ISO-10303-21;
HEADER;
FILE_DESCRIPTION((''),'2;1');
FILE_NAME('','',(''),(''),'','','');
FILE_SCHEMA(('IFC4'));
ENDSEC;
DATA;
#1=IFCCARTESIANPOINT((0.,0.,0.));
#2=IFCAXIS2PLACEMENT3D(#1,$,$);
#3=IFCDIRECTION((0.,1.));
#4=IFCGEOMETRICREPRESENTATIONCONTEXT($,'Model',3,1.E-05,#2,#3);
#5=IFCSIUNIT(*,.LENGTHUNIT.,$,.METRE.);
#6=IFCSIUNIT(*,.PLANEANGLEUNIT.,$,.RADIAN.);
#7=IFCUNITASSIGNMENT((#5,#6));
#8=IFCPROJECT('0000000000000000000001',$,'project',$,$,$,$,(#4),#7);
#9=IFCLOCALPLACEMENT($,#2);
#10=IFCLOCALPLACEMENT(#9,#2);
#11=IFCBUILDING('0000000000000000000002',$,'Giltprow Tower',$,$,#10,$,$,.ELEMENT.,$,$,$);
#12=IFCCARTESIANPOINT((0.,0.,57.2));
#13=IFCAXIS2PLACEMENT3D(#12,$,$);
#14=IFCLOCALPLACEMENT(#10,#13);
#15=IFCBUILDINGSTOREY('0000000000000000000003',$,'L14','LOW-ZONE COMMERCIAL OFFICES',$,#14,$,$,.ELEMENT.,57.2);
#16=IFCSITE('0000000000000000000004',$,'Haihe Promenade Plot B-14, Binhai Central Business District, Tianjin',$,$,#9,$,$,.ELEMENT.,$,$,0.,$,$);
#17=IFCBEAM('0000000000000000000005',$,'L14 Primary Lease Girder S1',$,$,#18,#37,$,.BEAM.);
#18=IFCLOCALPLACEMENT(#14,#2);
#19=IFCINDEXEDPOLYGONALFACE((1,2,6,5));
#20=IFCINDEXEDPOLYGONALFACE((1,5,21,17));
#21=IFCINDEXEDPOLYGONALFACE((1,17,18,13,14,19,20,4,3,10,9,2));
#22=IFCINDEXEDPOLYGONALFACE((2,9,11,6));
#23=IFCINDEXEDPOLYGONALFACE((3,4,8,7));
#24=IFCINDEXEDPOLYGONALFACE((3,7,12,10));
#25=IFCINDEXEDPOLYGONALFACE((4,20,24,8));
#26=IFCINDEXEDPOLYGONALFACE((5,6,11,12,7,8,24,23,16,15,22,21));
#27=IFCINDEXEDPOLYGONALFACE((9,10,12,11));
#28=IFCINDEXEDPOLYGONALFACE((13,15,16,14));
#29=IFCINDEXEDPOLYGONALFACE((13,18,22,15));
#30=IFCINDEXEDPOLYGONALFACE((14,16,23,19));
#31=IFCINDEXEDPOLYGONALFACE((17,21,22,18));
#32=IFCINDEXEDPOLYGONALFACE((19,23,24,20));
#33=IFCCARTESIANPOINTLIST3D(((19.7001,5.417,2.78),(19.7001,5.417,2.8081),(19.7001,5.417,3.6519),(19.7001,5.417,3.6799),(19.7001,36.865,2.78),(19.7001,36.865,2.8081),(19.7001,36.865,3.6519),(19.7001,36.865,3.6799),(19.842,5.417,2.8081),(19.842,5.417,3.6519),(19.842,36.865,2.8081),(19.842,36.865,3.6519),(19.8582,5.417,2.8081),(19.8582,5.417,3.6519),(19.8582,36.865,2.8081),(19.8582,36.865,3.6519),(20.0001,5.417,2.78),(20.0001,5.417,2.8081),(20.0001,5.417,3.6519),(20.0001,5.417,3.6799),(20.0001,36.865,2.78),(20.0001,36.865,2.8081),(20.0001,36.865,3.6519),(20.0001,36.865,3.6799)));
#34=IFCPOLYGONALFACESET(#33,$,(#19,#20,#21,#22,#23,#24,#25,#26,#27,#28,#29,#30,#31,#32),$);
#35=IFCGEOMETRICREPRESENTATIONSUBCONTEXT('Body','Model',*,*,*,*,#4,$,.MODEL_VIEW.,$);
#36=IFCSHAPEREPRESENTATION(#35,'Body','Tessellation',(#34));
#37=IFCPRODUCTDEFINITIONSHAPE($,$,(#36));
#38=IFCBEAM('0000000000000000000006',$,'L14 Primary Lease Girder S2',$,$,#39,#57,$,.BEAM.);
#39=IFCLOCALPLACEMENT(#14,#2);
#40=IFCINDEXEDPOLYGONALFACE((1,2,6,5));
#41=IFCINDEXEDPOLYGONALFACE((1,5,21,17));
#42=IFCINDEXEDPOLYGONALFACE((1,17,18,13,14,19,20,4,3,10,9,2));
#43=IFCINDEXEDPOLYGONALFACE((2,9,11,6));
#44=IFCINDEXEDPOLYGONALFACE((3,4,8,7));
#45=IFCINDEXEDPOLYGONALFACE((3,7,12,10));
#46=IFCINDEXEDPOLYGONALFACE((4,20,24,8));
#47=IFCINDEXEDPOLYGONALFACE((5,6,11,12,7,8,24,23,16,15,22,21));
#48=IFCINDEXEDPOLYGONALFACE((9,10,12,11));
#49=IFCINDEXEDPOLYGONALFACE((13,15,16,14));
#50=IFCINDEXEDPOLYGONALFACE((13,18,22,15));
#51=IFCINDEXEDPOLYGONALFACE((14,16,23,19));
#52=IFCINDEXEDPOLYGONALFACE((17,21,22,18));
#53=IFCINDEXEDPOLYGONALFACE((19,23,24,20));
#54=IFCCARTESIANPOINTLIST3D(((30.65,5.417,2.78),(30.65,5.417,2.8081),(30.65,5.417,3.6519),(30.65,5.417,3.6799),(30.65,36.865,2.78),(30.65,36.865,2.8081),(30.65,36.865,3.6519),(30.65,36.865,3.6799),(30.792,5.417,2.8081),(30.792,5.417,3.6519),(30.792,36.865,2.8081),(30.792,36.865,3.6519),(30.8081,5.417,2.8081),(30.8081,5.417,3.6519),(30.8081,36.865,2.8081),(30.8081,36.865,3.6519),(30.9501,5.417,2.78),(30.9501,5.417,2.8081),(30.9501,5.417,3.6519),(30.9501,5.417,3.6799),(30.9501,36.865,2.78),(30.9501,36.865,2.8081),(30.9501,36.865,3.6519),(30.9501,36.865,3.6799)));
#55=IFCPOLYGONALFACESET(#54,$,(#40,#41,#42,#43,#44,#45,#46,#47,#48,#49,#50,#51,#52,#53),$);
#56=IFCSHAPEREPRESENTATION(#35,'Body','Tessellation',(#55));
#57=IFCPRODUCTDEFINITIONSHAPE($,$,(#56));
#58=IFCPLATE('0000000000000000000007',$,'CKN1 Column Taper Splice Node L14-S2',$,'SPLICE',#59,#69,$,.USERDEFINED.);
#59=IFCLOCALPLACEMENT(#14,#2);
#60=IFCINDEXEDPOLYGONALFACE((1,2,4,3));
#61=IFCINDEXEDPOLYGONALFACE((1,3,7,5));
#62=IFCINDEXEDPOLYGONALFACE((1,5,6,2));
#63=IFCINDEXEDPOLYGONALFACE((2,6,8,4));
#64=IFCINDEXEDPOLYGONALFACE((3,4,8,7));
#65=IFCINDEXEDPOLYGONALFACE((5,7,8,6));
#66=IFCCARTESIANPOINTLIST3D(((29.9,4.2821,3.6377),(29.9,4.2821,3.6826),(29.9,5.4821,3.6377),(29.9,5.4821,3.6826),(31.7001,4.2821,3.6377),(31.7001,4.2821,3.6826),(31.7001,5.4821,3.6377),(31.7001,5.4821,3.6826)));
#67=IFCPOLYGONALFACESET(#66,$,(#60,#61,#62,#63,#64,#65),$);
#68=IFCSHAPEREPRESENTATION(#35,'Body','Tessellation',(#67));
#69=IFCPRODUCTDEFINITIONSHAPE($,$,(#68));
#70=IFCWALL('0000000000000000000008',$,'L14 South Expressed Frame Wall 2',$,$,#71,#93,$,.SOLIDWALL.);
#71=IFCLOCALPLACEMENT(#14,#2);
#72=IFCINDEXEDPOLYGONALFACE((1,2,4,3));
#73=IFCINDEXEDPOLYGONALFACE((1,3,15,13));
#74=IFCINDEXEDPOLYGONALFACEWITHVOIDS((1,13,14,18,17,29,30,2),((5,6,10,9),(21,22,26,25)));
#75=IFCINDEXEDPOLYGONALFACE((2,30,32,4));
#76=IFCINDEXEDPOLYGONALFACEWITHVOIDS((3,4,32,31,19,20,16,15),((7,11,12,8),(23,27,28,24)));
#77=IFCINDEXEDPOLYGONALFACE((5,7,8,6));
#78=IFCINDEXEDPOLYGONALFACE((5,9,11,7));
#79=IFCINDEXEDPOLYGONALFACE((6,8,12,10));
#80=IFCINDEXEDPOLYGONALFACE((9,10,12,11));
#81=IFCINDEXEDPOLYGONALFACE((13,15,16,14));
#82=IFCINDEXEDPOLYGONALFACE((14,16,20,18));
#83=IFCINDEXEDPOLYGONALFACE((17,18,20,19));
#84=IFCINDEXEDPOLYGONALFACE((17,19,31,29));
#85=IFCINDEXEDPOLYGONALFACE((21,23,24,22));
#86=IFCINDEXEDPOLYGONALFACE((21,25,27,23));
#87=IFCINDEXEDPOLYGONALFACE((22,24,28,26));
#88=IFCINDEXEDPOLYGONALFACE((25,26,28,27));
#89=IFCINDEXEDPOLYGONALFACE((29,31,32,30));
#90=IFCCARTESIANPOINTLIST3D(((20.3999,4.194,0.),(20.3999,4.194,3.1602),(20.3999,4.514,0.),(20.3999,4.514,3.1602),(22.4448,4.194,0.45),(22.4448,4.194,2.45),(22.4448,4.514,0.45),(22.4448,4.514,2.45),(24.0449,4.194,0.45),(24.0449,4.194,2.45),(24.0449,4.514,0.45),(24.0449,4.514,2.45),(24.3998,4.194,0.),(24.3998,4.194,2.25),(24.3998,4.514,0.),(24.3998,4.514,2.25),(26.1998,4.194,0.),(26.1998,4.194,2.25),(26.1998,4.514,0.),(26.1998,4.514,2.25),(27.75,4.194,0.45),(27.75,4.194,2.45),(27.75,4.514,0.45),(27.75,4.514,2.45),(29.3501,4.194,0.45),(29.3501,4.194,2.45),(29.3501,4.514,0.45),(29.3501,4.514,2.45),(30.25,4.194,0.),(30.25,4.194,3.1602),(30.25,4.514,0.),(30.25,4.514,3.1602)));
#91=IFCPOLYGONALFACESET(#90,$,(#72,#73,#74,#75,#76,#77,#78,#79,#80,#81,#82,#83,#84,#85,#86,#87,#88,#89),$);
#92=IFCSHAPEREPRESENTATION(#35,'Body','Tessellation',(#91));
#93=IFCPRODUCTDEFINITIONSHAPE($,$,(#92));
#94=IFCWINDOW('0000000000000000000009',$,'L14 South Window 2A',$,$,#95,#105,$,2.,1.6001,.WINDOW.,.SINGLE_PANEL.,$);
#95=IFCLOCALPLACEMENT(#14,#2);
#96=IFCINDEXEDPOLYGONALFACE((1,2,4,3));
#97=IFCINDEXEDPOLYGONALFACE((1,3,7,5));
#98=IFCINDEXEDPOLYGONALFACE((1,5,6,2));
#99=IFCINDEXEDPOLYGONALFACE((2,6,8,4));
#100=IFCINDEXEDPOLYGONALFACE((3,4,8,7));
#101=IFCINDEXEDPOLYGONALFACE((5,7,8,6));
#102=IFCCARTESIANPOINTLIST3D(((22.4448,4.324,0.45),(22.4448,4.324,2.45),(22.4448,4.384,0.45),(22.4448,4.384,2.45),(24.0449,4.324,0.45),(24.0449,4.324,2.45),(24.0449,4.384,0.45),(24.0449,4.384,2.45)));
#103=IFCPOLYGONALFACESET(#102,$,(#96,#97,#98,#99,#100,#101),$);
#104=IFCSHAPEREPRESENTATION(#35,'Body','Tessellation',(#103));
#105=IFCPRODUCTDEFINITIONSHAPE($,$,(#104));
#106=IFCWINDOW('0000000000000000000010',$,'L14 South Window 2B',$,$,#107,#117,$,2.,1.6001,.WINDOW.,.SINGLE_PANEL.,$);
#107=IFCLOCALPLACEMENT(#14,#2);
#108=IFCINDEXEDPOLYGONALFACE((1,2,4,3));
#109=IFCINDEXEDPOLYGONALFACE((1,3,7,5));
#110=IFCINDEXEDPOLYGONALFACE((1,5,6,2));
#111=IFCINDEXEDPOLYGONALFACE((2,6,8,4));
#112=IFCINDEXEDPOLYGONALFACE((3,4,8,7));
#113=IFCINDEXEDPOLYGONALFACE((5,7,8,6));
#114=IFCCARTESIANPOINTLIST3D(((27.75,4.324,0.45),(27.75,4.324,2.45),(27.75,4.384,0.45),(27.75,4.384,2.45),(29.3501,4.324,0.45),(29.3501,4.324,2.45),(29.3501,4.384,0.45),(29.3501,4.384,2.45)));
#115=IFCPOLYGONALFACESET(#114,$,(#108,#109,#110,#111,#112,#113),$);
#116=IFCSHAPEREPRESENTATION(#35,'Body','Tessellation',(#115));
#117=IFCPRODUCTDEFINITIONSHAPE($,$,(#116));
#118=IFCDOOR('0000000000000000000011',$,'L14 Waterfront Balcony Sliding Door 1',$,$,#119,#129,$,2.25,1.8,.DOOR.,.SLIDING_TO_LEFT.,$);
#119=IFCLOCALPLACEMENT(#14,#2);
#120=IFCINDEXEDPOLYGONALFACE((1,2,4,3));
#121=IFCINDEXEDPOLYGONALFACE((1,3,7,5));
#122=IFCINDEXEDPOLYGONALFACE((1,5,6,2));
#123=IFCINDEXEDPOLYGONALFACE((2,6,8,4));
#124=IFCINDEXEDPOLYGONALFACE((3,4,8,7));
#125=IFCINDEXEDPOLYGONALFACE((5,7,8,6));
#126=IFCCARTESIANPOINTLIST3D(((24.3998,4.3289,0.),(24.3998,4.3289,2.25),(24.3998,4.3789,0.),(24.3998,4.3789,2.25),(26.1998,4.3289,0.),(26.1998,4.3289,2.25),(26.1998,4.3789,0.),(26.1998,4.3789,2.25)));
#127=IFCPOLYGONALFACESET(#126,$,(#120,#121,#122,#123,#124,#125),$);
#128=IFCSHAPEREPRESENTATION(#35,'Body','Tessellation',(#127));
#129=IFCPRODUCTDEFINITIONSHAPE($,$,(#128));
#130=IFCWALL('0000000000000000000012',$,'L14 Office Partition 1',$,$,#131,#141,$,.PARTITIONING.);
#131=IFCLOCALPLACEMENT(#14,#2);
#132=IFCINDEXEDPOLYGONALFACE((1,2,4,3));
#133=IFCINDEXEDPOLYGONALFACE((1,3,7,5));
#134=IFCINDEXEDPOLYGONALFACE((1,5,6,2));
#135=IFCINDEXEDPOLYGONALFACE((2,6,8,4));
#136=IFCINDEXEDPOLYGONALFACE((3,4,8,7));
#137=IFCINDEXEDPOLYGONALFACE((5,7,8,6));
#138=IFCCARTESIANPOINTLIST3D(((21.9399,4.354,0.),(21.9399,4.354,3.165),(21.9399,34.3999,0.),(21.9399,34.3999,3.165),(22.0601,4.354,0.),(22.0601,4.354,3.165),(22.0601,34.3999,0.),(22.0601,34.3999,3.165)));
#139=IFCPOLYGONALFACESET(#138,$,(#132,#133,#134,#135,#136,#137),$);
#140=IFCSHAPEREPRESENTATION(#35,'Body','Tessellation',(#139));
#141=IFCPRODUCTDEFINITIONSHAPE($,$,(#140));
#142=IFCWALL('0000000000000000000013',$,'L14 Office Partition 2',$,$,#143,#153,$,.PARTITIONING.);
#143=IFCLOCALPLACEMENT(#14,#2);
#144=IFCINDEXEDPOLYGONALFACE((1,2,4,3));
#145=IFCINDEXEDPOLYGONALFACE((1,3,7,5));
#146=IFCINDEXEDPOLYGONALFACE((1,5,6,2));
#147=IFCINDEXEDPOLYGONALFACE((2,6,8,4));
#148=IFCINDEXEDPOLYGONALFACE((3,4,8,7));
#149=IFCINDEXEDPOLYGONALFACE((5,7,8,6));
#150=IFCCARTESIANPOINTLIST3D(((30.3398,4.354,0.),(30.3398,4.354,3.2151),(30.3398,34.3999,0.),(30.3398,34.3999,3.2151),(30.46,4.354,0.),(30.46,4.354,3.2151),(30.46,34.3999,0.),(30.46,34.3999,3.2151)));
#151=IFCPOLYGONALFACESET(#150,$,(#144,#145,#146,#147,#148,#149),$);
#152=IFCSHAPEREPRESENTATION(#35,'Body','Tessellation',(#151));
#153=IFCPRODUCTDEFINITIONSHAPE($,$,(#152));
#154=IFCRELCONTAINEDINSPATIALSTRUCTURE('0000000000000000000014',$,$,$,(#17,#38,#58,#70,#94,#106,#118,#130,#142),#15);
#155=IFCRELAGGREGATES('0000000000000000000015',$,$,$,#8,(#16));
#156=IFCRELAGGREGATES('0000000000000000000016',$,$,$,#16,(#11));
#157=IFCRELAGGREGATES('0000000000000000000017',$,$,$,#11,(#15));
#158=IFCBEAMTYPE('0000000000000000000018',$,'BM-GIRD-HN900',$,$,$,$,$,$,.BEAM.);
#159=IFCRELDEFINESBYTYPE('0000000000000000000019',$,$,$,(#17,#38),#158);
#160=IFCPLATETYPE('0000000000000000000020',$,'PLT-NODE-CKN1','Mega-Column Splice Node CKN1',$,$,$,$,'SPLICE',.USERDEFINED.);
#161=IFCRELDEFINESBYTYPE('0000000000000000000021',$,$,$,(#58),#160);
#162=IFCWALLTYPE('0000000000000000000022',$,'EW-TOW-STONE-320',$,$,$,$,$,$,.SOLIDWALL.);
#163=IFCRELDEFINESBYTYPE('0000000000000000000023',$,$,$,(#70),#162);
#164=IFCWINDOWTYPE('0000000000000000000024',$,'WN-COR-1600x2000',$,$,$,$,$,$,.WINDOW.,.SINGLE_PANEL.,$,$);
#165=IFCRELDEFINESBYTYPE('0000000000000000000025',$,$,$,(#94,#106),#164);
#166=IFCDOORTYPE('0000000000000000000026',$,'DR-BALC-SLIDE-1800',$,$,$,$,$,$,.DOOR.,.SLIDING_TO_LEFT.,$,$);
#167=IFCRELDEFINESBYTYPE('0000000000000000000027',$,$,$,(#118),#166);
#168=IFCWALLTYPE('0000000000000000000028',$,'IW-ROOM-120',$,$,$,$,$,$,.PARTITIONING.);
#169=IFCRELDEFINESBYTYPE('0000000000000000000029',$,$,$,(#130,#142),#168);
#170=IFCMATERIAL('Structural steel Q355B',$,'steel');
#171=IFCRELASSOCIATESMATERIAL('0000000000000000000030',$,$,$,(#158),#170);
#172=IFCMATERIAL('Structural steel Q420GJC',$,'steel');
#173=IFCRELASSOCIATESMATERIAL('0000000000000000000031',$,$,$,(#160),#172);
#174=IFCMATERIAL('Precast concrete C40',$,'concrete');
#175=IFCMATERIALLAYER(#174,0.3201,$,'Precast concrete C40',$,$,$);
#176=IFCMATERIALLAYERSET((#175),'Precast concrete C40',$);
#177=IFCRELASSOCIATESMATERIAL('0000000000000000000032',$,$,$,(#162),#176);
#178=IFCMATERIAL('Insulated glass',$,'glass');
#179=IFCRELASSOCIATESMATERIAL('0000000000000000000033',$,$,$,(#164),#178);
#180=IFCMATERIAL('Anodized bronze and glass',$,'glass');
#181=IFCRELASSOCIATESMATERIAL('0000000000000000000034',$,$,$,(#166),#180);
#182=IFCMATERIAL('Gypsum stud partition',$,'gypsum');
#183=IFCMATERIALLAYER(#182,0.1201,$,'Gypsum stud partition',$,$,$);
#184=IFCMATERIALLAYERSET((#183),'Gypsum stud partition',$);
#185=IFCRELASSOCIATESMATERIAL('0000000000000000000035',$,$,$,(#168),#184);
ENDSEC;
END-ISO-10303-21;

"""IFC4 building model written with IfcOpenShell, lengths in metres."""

from ifc_helpers import new_model, si_unit, direction, frame, frame_2d, origin, origin_2d, place, context, subcontext, project, spatial, rectangle, i_section, extrude, source, transform, mapped, material, layer, layer_set, material_profile, profile_set, type_object, element, fill, save


model = new_model("IFC4")

# Units and contexts
model_context = context("Model", 3, precision=1e-05, world=origin(), true_north=direction((0.0, 1.0)))
body_context = subcontext(model_context, "Body", "Model", "MODEL_VIEW")
ifc_project = project(units=[si_unit("LENGTHUNIT", "METRE"), si_unit("PLANEANGLEUNIT", "RADIAN")], contexts=[model_context])

# Site, building, storey
site_placement = place(None, origin())
site = spatial("IfcSite", under=ifc_project, at=site_placement, Name="Haihe Promenade Plot B-14, Binhai Central Business District, Tianjin", CompositionType="ELEMENT", RefElevation=0.0)
building_placement = place(site_placement, origin())
building = spatial("IfcBuilding", under=site, at=building_placement, Name="Giltprow Tower", CompositionType="ELEMENT")
storey_placement = place(building_placement, frame((0.0, 0.0, 57.2)))
storey = spatial("IfcBuildingStorey", under=building, at=storey_placement, Name="L14", Description="LOW-ZONE COMMERCIAL OFFICES", CompositionType="ELEMENT", Elevation=57.2)

# Shared definitions
ifc_material_1 = material(Name="Structural steel Q420GJC", Category="steel")

# Beams
ifc_material_2 = material(Name="Structural steel Q355B", Category="steel")
ifc_material_profile_1 = material_profile(ifc_material_2, i_section(OverallWidth=0.3, OverallDepth=0.8999, WebThickness=0.0161, FlangeThickness=0.0281, at=origin_2d()), Name="HN 900x300x16x28")
ifc_profile_set_1 = profile_set([ifc_material_profile_1], Name="Structural steel Q355B")
beam_type_1 = type_object("IfcBeamType", Name="BM-GIRD-HN900", PredefinedType="BEAM", material=ifc_profile_set_1)
shared_shape_1 = source(origin(), body_context, "Body", "SweptSolid", [
    extrude(i_section(OverallWidth=0.3, OverallDepth=0.8999, WebThickness=0.0161, FlangeThickness=0.0281, at=origin_2d()), origin(), (0.0, 0.0, 1.0), 31.448),
])
for number, where, z_axis, x_axis, name in (
    (1, (19.8501, 5.417, 3.23), (0.0, 1.0, 0.0), (-1.0, 0.0, 0.0), "L14 Primary Lease Girder S1"),
    (2, (30.8, 5.417, 3.23), (0.0, 1.0, 0.0), (-1.0, 0.0, 0.0), "L14 Primary Lease Girder S2"),
):
    element("IfcBeam", number, at=place(storey_placement, frame(where, z_axis=z_axis, x_axis=x_axis)), inside=storey, type_object=beam_type_1, Name=name, PredefinedType="BEAM", context=body_context, shape_type="MappedRepresentation", body=[
        mapped(shared_shape_1, transform((0.0, 0.0, 0.0), x_axis=(1.0, 0.0, 0.0), y_axis=(0.0, 1.0, 0.0), z_axis=(0.0, 0.0, 1.0), scale=1.0)),
    ])

# Plate
plate_type = type_object("IfcPlateType", Name="PLT-NODE-CKN1", Description="Mega-Column Splice Node CKN1", ElementType="SPLICE", PredefinedType="USERDEFINED", material=ifc_material_1)
shared_shape_2 = source(origin(), body_context, "Body", "SweptSolid", [
    extrude(rectangle(XDim=1.8, YDim=1.2, at=origin_2d()), origin(), (0.0, 0.0, 1.0), 0.0449),
])
plate_placement = place(storey_placement, frame((30.8, 4.8821, 3.6377), z_axis=(0.0, 0.0, 1.0), x_axis=(1.0, 0.0, 0.0)))
element("IfcPlate", 3, at=plate_placement, inside=storey, type_object=plate_type, Name="CKN1 Column Taper Splice Node L14-S2", ObjectType="SPLICE", PredefinedType="USERDEFINED", context=body_context, shape_type="MappedRepresentation", body=[
    mapped(shared_shape_2, transform((0.0, 0.0, 0.0), x_axis=(1.0, 0.0, 0.0), y_axis=(0.0, 1.0, 0.0), z_axis=(0.0, 0.0, 1.0), scale=1.0)),
])

# Wall, openings, windows, door
ifc_material_3 = material(Name="Precast concrete C40", Category="concrete")
ifc_layer_1 = layer(ifc_material_3, 0.3201, Name="Precast concrete C40")
ifc_layer_set_1 = layer_set([ifc_layer_1], Name="Precast concrete C40")
wall_type_1 = type_object("IfcWallType", Name="EW-TOW-STONE-320", PredefinedType="SOLIDWALL", material=ifc_layer_set_1)
wall_1_placement = place(storey_placement, frame((20.3999, 4.354, 0.0), z_axis=(0.0, 0.0, 1.0), x_axis=(1.0, 0.0, 0.0)))
wall_1 = element("IfcWall", 4, at=wall_1_placement, inside=storey, type_object=wall_type_1, Name="L14 South Expressed Frame Wall 2", PredefinedType="SOLIDWALL", context=body_context, shape_type="SweptSolid", body=[
    extrude(rectangle(XDim=9.8501, YDim=0.3201, at=frame_2d((4.925, 0.0))), origin(), (0.0, 0.0, 1.0), 3.1602),
])
opening_1_placement = place(wall_1_placement, frame((4.0, 0.0, 0.0)))
opening_1 = element("IfcOpeningElement", 5, at=opening_1_placement, cuts=wall_1, PredefinedType="OPENING", context=body_context, shape_type="SweptSolid", body=[
    extrude(rectangle(XDim=1.8, YDim=2.25, at=frame_2d((0.8999, 1.125))), frame((0.0, 0.1699, 0.0), z_axis=(0.0, -1.0, 0.0), x_axis=(1.0, 0.0, 0.0)), (0.0, 0.0, 1.0), 0.3401),
])
opening_2_placement = place(wall_1_placement, frame((2.0449, 0.0, 0.45)))
opening_2 = element("IfcOpeningElement", 6, at=opening_2_placement, cuts=wall_1, PredefinedType="OPENING", context=body_context, shape_type="SweptSolid", body=[
    extrude(rectangle(XDim=1.6001, YDim=2.0, at=frame_2d((0.8, 1.0))), frame((0.0, 0.1699, 0.0), z_axis=(0.0, -1.0, 0.0), x_axis=(1.0, 0.0, 0.0)), (0.0, 0.0, 1.0), 0.3401),
])
opening_3_placement = place(wall_1_placement, frame((7.3501, 0.0, 0.45)))
opening_3 = element("IfcOpeningElement", 7, at=opening_3_placement, cuts=wall_1, PredefinedType="OPENING", context=body_context, shape_type="SweptSolid", body=[
    extrude(rectangle(XDim=1.6001, YDim=2.0, at=frame_2d((0.8, 1.0))), frame((0.0, 0.1699, 0.0), z_axis=(0.0, -1.0, 0.0), x_axis=(1.0, 0.0, 0.0)), (0.0, 0.0, 1.0), 0.3401),
])
ifc_material_4 = material(Name="Insulated glass", Category="glass")
window_type = type_object("IfcWindowType", Name="WN-COR-1600x2000", PartitioningType="SINGLE_PANEL", PredefinedType="WINDOW", material=ifc_material_4)
shared_shape_3 = source(origin(), body_context, "Body", "SweptSolid", [
    extrude(rectangle(XDim=1.6001, YDim=2.0, at=frame_2d((0.8, 1.0))), frame((0.0, 0.03, 0.0), z_axis=(0.0, -1.0, 0.0), x_axis=(1.0, 0.0, 0.0)), (0.0, 0.0, 1.0), 0.0601),
])
window_1_placement = place(opening_2_placement, origin())
window_1 = element("IfcWindow", 8, at=window_1_placement, inside=storey, type_object=window_type, Name="L14 South Window 2A", OverallHeight=2.0, OverallWidth=1.6001, PartitioningType="SINGLE_PANEL", PredefinedType="WINDOW", context=body_context, shape_type="MappedRepresentation", body=[
    mapped(shared_shape_3, transform((0.0, 0.0, 0.0), x_axis=(1.0, 0.0, 0.0), y_axis=(0.0, 1.0, 0.0), z_axis=(0.0, 0.0, 1.0), scale=1.0)),
])
fill(opening_2, window_1)
window_2_placement = place(opening_3_placement, origin())
window_2 = element("IfcWindow", 9, at=window_2_placement, inside=storey, type_object=window_type, Name="L14 South Window 2B", OverallHeight=2.0, OverallWidth=1.6001, PartitioningType="SINGLE_PANEL", PredefinedType="WINDOW", context=body_context, shape_type="MappedRepresentation", body=[
    mapped(shared_shape_3, transform((0.0, 0.0, 0.0), x_axis=(1.0, 0.0, 0.0), y_axis=(0.0, 1.0, 0.0), z_axis=(0.0, 0.0, 1.0), scale=1.0)),
])
fill(opening_3, window_2)
ifc_material_5 = material(Name="Anodized bronze and glass", Category="glass")
door_type = type_object("IfcDoorType", Name="DR-BALC-SLIDE-1800", OperationType="SLIDING_TO_LEFT", PredefinedType="DOOR", material=ifc_material_5)
shared_shape_4 = source(origin(), body_context, "Body", "SweptSolid", [
    extrude(rectangle(XDim=1.8, YDim=2.25, at=frame_2d((0.8999, 1.125))), frame((0.0, 0.0249, 0.0), z_axis=(0.0, -1.0, 0.0), x_axis=(1.0, 0.0, 0.0)), (0.0, 0.0, 1.0), 0.05),
])
door_placement = place(opening_1_placement, origin())
door = element("IfcDoor", 10, at=door_placement, inside=storey, type_object=door_type, Name="L14 Waterfront Balcony Sliding Door 1", OperationType="SLIDING_TO_LEFT", OverallHeight=2.25, OverallWidth=1.8, PredefinedType="DOOR", context=body_context, shape_type="MappedRepresentation", body=[
    mapped(shared_shape_4, transform((0.0, 0.0, 0.0), x_axis=(1.0, 0.0, 0.0), y_axis=(0.0, 1.0, 0.0), z_axis=(0.0, 0.0, 1.0), scale=1.0)),
])
fill(opening_1, door)

# Walls
ifc_material_6 = material(Name="Gypsum stud partition", Category="gypsum")
ifc_layer_2 = layer(ifc_material_6, 0.1201, Name="Gypsum stud partition")
ifc_layer_set_2 = layer_set([ifc_layer_2], Name="Gypsum stud partition")
wall_type_2 = type_object("IfcWallType", Name="IW-ROOM-120", PredefinedType="PARTITIONING", material=ifc_layer_set_2)
wall_2_placement = place(storey_placement, frame((22.0, 4.354, 0.0), z_axis=(0.0, 0.0, 1.0), x_axis=(0.0, 1.0, 0.0)))
element("IfcWall", 11, at=wall_2_placement, inside=storey, type_object=wall_type_2, Name="L14 Office Partition 1", PredefinedType="PARTITIONING", context=body_context, shape_type="SweptSolid", body=[
    extrude(rectangle(XDim=30.0459, YDim=0.1201, at=frame_2d((15.0229, 0.0))), origin(), (0.0, 0.0, 1.0), 3.165),
])
wall_3_placement = place(storey_placement, frame((30.3999, 4.354, 0.0), z_axis=(0.0, 0.0, 1.0), x_axis=(0.0, 1.0, 0.0)))
element("IfcWall", 12, at=wall_3_placement, inside=storey, type_object=wall_type_2, Name="L14 Office Partition 2", PredefinedType="PARTITIONING", context=body_context, shape_type="SweptSolid", body=[
    extrude(rectangle(XDim=30.0459, YDim=0.1201, at=frame_2d((15.0229, 0.0))), origin(), (0.0, 0.0, 1.0), 3.2151),
])

save(model, "model.ifc")
